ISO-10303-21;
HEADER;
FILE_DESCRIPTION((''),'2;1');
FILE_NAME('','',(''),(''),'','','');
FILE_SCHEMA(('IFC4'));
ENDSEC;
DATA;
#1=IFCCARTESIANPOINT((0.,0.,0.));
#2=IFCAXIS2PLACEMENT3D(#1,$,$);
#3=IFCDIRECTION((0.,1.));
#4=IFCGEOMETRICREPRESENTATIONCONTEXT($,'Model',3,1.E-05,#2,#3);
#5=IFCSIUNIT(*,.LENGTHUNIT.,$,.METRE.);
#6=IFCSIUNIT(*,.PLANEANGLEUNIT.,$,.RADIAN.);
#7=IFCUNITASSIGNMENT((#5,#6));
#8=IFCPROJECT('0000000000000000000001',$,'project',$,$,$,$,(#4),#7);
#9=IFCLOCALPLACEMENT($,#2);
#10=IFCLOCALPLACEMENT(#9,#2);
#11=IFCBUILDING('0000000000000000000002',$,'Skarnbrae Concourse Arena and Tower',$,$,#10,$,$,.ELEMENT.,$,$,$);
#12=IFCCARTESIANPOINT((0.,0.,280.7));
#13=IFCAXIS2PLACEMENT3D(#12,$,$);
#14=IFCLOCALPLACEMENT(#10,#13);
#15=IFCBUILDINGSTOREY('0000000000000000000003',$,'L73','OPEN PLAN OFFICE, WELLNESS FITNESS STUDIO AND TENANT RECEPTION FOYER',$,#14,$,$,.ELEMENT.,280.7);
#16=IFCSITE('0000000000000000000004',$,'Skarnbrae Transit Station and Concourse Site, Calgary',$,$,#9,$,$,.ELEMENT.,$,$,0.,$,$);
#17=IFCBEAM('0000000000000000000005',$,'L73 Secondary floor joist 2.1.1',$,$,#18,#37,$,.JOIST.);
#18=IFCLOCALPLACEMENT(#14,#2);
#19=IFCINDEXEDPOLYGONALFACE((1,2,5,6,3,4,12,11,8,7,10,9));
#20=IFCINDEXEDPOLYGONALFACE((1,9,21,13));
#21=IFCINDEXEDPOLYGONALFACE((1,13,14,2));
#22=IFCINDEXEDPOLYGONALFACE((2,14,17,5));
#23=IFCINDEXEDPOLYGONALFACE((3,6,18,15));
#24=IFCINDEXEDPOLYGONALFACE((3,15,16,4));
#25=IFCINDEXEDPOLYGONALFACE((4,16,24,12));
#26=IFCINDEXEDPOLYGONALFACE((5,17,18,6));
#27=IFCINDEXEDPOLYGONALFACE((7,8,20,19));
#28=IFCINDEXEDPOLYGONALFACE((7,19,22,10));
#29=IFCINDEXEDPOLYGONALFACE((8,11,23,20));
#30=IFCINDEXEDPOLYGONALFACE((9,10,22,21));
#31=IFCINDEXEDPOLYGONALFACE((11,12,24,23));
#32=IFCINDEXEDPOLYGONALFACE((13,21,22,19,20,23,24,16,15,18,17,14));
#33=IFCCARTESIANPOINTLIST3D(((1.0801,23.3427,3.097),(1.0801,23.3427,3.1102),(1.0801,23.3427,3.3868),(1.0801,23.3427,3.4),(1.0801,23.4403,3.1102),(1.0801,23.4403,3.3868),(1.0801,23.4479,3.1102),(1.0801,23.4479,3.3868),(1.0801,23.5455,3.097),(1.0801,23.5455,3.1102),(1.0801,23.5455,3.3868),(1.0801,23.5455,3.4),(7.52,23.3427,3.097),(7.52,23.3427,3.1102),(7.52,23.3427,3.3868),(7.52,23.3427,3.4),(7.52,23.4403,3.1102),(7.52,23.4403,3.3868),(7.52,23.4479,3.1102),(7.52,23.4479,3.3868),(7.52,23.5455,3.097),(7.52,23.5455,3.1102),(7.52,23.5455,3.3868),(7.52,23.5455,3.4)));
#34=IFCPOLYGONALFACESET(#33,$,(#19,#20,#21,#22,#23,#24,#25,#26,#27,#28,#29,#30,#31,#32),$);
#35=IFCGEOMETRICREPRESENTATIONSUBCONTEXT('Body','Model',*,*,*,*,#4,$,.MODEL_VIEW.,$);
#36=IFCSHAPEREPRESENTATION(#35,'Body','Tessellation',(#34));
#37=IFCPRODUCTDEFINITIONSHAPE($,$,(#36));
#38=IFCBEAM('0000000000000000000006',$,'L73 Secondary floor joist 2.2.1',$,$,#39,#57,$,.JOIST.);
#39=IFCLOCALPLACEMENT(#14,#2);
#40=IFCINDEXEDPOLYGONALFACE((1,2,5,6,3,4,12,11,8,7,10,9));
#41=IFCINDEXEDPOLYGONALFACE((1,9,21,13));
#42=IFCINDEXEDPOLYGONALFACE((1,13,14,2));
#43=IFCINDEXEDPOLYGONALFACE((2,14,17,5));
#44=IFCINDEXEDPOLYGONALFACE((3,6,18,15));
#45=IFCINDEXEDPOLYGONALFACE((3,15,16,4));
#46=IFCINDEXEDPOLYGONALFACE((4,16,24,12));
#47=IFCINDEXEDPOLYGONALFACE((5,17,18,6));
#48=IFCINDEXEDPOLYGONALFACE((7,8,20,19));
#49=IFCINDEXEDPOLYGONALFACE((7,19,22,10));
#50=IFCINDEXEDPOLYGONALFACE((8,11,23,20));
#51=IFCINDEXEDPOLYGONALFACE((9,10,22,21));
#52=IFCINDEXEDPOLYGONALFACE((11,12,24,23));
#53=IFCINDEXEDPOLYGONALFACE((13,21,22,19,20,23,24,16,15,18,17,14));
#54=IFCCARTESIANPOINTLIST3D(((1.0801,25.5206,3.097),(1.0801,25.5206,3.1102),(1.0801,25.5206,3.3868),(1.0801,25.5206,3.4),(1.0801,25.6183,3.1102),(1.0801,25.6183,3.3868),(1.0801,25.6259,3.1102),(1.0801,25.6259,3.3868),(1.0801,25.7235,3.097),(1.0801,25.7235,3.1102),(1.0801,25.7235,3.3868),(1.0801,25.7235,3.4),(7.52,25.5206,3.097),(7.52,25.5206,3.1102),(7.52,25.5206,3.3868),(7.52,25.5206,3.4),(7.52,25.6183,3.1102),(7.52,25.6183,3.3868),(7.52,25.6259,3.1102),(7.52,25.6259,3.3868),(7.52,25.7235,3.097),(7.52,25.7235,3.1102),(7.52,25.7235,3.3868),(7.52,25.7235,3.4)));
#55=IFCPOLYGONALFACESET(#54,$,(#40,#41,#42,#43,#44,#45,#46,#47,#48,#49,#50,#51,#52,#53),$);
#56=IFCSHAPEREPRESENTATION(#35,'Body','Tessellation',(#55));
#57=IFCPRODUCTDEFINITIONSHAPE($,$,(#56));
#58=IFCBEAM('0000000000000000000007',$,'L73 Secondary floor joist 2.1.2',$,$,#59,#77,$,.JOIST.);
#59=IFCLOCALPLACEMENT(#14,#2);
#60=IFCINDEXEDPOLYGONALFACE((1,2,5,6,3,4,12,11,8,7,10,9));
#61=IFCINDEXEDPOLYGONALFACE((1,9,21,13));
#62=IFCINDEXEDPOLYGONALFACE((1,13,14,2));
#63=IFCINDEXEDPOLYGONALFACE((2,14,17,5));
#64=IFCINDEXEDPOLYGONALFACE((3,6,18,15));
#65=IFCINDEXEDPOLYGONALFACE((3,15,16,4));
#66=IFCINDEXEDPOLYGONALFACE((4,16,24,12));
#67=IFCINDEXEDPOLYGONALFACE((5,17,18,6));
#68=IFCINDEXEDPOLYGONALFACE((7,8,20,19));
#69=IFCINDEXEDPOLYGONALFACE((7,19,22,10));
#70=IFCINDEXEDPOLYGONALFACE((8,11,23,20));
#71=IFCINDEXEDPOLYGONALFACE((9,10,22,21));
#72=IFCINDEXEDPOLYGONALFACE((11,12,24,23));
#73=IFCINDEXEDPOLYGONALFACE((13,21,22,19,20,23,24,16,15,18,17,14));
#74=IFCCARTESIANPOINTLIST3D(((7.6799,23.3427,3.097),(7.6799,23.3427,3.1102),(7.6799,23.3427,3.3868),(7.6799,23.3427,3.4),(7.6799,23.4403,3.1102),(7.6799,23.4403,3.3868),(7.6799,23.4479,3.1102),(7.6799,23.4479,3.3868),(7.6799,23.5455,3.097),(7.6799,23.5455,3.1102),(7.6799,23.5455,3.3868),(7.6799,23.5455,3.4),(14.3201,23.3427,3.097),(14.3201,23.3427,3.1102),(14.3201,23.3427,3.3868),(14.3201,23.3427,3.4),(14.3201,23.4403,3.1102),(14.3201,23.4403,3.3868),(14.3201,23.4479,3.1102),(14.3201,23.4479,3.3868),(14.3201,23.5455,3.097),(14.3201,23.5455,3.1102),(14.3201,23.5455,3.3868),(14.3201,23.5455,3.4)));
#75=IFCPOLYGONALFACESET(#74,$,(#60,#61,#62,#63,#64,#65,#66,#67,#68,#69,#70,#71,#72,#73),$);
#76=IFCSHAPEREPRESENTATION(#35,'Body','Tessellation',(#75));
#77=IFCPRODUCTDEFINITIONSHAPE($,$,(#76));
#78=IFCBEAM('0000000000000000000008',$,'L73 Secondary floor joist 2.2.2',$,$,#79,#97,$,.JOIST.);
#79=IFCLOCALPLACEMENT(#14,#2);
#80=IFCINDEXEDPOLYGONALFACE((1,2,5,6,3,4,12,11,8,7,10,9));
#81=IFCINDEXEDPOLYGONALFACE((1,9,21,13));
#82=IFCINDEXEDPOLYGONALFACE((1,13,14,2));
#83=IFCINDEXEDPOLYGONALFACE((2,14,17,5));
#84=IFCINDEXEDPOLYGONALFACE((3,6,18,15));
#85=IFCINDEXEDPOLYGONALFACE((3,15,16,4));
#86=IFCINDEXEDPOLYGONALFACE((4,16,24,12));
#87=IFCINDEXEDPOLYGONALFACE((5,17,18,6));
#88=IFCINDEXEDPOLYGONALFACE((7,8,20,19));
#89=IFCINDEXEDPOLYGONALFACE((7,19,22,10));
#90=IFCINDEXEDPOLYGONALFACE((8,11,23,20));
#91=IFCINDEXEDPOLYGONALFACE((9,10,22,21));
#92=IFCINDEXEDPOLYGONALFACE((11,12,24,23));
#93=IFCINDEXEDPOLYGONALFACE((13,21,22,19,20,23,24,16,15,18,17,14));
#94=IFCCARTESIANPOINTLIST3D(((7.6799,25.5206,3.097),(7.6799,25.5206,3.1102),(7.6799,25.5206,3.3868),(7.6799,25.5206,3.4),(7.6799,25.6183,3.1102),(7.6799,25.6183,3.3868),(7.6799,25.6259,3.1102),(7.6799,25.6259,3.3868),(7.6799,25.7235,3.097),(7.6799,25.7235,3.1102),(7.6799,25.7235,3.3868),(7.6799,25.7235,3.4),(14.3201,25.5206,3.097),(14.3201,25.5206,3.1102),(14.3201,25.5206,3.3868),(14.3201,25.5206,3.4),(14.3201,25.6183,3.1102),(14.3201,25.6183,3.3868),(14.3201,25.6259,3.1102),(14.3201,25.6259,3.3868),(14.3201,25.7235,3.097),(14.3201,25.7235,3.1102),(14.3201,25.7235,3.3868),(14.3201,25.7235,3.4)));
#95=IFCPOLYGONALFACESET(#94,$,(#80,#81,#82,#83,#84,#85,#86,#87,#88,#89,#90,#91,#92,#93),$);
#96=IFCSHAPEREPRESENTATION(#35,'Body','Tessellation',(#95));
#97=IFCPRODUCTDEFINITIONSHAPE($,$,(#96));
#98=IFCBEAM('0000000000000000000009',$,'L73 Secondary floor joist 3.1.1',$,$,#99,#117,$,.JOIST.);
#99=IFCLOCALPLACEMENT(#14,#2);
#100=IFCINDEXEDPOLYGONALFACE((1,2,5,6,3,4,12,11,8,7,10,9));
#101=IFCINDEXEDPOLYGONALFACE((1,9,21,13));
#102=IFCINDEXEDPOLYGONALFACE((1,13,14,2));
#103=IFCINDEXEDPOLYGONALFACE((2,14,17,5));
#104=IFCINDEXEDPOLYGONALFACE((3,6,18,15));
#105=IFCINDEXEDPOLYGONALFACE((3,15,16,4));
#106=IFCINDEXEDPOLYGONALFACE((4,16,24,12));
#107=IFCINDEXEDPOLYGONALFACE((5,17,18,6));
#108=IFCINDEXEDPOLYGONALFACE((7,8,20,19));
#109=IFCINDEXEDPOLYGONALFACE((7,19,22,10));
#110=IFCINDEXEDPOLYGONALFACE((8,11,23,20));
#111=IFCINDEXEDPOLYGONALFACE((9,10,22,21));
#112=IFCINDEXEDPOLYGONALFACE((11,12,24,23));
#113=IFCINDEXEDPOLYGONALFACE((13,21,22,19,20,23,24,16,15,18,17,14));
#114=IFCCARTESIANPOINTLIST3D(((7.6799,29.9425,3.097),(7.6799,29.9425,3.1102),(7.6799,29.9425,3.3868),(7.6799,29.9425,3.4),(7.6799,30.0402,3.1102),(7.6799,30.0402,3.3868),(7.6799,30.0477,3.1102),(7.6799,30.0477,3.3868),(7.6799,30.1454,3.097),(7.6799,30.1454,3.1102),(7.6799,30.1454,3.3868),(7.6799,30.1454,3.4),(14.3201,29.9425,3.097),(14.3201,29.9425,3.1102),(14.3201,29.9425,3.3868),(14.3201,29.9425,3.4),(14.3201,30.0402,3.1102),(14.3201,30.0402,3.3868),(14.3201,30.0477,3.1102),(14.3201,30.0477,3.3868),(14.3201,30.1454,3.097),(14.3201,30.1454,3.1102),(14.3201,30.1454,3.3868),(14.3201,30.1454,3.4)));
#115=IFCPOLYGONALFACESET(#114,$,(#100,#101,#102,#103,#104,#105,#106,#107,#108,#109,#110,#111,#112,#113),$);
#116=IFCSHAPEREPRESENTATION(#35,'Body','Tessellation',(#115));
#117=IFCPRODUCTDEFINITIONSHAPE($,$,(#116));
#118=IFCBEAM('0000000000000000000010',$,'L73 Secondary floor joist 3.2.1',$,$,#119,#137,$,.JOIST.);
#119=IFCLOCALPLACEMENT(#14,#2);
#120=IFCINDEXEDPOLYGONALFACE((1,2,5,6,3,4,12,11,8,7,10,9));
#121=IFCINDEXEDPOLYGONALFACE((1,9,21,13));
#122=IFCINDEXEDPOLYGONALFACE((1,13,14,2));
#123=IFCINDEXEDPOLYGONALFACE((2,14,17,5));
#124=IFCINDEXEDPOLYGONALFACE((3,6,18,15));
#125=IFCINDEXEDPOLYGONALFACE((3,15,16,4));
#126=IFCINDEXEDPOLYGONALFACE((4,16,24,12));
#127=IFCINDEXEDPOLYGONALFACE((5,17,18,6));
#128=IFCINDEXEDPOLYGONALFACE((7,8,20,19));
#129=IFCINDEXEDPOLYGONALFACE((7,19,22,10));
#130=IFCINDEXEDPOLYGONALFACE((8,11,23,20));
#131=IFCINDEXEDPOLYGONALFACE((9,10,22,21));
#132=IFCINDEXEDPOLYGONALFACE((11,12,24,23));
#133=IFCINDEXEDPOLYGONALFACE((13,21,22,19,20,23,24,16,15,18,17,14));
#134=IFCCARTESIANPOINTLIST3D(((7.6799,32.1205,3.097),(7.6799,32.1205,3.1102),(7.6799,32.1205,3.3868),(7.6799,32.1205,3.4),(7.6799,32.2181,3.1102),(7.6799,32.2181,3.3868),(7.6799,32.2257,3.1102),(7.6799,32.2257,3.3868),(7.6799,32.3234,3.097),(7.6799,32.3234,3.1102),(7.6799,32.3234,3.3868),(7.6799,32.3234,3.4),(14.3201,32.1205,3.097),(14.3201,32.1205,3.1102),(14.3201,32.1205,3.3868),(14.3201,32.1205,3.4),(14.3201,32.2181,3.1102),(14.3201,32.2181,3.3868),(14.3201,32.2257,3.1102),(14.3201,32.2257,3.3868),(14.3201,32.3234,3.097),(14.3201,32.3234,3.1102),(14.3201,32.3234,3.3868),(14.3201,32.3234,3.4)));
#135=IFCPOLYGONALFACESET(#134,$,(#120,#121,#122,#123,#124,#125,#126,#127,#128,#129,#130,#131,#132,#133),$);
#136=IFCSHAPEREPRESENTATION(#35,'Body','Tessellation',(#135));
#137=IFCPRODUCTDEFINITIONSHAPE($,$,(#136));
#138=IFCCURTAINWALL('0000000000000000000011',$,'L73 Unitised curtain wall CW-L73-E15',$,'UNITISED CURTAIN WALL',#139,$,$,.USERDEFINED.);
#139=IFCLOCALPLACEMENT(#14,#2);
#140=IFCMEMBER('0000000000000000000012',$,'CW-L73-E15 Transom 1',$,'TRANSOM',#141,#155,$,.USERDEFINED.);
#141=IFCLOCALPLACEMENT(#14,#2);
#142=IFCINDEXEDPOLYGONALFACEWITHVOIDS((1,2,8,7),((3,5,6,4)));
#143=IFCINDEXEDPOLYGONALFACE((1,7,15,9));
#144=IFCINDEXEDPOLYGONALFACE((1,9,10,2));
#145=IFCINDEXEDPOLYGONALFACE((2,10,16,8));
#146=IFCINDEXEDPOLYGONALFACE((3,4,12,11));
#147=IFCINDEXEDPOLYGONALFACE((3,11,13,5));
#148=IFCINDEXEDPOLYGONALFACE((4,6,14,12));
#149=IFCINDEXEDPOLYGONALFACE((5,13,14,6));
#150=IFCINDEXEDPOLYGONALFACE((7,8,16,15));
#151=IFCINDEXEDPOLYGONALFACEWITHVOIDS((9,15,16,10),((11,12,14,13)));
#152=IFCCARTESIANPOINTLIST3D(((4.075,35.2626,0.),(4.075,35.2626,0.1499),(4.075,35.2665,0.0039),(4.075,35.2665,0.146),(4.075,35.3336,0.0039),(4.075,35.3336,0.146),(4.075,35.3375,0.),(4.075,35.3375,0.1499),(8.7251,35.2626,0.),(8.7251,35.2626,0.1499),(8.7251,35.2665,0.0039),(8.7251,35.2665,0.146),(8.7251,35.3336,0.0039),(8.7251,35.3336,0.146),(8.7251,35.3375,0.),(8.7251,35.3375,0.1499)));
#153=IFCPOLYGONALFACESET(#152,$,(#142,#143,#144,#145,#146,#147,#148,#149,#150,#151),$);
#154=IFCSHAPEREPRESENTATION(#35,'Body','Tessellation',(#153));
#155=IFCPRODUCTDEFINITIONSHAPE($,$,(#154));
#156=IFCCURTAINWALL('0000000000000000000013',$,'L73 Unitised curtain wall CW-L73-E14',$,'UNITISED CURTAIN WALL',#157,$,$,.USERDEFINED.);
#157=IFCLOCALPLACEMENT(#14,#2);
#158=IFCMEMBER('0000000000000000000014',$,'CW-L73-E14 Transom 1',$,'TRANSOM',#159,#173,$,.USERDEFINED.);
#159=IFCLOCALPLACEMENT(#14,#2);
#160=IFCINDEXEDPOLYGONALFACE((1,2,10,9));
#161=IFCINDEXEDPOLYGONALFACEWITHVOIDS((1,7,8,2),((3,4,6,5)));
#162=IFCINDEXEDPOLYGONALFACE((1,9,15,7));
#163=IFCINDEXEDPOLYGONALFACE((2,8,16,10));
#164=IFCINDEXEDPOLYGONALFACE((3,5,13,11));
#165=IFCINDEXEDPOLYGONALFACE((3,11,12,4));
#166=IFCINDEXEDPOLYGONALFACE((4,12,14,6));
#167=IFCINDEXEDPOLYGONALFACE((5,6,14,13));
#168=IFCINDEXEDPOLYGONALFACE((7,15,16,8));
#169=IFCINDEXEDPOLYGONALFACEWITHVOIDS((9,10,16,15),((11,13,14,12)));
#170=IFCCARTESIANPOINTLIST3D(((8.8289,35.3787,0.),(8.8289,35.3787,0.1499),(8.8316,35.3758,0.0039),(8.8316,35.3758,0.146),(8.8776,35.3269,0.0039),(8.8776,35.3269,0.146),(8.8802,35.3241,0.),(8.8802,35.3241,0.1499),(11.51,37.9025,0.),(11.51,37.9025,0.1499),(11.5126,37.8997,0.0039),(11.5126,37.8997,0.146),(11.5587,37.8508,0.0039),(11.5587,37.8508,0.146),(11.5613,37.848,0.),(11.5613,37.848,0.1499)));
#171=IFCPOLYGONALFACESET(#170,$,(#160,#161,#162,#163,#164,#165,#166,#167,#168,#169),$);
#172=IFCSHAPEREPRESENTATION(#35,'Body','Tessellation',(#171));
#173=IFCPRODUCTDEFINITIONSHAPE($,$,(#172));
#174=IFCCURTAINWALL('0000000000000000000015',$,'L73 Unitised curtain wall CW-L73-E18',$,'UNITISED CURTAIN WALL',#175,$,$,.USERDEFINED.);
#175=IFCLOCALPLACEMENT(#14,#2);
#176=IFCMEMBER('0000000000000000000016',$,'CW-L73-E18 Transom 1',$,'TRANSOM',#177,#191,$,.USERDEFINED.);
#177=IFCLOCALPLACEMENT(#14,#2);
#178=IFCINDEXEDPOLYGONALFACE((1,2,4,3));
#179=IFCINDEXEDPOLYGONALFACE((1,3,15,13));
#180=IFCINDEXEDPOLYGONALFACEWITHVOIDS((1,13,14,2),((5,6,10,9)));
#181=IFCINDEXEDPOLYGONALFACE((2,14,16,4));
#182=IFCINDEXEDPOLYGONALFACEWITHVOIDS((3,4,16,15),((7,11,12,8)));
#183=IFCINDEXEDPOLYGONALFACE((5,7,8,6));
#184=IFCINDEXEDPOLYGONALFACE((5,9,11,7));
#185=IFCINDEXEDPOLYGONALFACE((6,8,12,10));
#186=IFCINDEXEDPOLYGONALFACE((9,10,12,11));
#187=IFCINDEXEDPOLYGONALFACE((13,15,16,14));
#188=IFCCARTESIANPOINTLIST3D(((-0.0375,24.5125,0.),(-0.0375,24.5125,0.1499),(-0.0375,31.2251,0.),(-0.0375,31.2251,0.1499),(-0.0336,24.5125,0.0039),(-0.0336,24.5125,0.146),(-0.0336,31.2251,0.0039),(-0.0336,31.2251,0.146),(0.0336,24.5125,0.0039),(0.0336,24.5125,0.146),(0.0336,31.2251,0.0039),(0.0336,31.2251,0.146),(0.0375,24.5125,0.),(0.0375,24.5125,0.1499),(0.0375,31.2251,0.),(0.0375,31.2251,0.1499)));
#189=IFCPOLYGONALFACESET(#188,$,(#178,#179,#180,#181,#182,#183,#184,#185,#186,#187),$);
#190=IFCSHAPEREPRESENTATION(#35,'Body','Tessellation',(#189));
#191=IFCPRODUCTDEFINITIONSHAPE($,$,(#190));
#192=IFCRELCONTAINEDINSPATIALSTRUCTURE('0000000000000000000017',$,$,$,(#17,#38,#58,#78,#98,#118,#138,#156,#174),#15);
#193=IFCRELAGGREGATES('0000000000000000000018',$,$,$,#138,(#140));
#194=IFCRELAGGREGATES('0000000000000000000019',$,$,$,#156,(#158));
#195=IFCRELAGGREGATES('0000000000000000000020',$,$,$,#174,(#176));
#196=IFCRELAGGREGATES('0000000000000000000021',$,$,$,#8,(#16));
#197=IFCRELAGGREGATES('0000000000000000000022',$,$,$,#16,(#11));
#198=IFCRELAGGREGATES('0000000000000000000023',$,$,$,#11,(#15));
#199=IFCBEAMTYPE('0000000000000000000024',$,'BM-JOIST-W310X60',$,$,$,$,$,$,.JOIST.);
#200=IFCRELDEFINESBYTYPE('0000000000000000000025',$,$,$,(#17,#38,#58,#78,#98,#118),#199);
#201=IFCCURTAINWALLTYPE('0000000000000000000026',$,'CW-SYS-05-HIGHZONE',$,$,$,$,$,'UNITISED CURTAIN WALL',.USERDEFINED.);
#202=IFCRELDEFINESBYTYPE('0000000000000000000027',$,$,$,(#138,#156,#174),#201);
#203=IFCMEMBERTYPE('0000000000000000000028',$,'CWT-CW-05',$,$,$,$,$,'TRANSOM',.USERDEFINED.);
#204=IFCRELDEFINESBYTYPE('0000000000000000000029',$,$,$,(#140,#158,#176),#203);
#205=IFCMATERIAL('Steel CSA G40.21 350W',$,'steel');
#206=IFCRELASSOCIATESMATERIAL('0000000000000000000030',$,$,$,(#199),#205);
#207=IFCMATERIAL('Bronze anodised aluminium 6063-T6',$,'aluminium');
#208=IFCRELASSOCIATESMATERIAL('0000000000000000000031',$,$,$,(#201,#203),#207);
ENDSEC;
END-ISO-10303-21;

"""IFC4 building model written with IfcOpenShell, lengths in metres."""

from ifc_helpers import new_model, si_unit, direction, frame, origin, origin_2d, place, context, subcontext, project, spatial, hollow_rectangle, i_section, extrude, source, transform, mapped, material, material_profile, profile_set, type_object, element, aggregate, save


model = new_model("IFC4")

# Units and contexts
model_context = context("Model", 3, precision=1e-05, world=origin(), true_north=direction((0.0, 1.0)))
body_context = subcontext(model_context, "Body", "Model", "MODEL_VIEW")
ifc_project = project(units=[si_unit("LENGTHUNIT", "METRE"), si_unit("PLANEANGLEUNIT", "RADIAN")], contexts=[model_context])

# Site, building, storey
site_placement = place(None, origin())
site = spatial("IfcSite", under=ifc_project, at=site_placement, Name="Skarnbrae Transit Station and Concourse Site, Calgary", CompositionType="ELEMENT", RefElevation=0.0)
building_placement = place(site_placement, origin())
building = spatial("IfcBuilding", under=site, at=building_placement, Name="Skarnbrae Concourse Arena and Tower", CompositionType="ELEMENT")
storey_placement = place(building_placement, frame((0.0, 0.0, 280.7)))
storey = spatial("IfcBuildingStorey", under=building, at=storey_placement, Name="L73", Description="OPEN PLAN OFFICE, WELLNESS FITNESS STUDIO AND TENANT RECEPTION FOYER", CompositionType="ELEMENT", Elevation=280.7)

# Shared definitions
ifc_material_1 = material(Name="Steel CSA G40.21 350W", Category="steel")

# Beams
ifc_material_profile_1 = material_profile(ifc_material_1, i_section(OverallWidth=0.2029, OverallDepth=0.303, WebThickness=0.0076, FlangeThickness=0.0132, at=origin_2d()), Name="W310X60")
ifc_profile_set_1 = profile_set([ifc_material_profile_1], Name="Steel CSA G40.21 350W")
beam_type_1 = type_object("IfcBeamType", Name="BM-JOIST-W310X60", PredefinedType="JOIST", material=ifc_profile_set_1)
shared_shape_1 = source(origin(), body_context, "Body", "SweptSolid", [
    extrude(i_section(OverallWidth=0.2029, OverallDepth=0.303, WebThickness=0.0076, FlangeThickness=0.0132, at=origin_2d()), origin(), (0.0, 0.0, 1.0), 6.4399),
])
for number, where, z_axis, x_axis, name in (
    (1, (1.0801, 23.4441, 3.2485), (1.0, 0.0, 0.0), (0.0, 1.0, 0.0), "L73 Secondary floor joist 2.1.1"),
    (2, (1.0801, 25.6221, 3.2485), (1.0, 0.0, 0.0), (0.0, 1.0, 0.0), "L73 Secondary floor joist 2.2.1"),
):
    element("IfcBeam", number, at=place(storey_placement, frame(where, z_axis=z_axis, x_axis=x_axis)), inside=storey, type_object=beam_type_1, Name=name, PredefinedType="JOIST", context=body_context, shape_type="MappedRepresentation", body=[
        mapped(shared_shape_1, transform((0.0, 0.0, 0.0))),
    ])
shared_shape_2 = source(origin(), body_context, "Body", "SweptSolid", [
    extrude(i_section(OverallWidth=0.2029, OverallDepth=0.303, WebThickness=0.0076, FlangeThickness=0.0132, at=origin_2d()), origin(), (0.0, 0.0, 1.0), 6.6401),
])
for number, where, z_axis, x_axis, name in (
    (3, (7.6799, 23.4441, 3.2485), (1.0, 0.0, 0.0), (0.0, 1.0, 0.0), "L73 Secondary floor joist 2.1.2"),
    (4, (7.6799, 25.6221, 3.2485), (1.0, 0.0, 0.0), (0.0, 1.0, 0.0), "L73 Secondary floor joist 2.2.2"),
    (5, (7.6799, 30.0439, 3.2485), (1.0, 0.0, 0.0), (0.0, 1.0, 0.0), "L73 Secondary floor joist 3.1.1"),
    (6, (7.6799, 32.2219, 3.2485), (1.0, 0.0, 0.0), (0.0, 1.0, 0.0), "L73 Secondary floor joist 3.2.1"),
):
    element("IfcBeam", number, at=place(storey_placement, frame(where, z_axis=z_axis, x_axis=x_axis)), inside=storey, type_object=beam_type_1, Name=name, PredefinedType="JOIST", context=body_context, shape_type="MappedRepresentation", body=[
        mapped(shared_shape_2, transform((0.0, 0.0, 0.0))),
    ])

# Curtain walls, members
ifc_material_2 = material(Name="Bronze anodised aluminium 6063-T6", Category="aluminium")
curtain_wall_type = type_object("IfcCurtainWallType", Name="CW-SYS-05-HIGHZONE", ElementType="UNITISED CURTAIN WALL", PredefinedType="USERDEFINED", material=ifc_material_2)
curtain_wall_1_placement = place(storey_placement, origin())
curtain_wall_1 = element("IfcCurtainWall", 7, at=curtain_wall_1_placement, inside=storey, type_object=curtain_wall_type, Name="L73 Unitised curtain wall CW-L73-E15", ObjectType="UNITISED CURTAIN WALL", PredefinedType="USERDEFINED")
ifc_material_profile_2 = material_profile(ifc_material_2, hollow_rectangle(XDim=0.075, YDim=0.1499, WallThickness=0.0039, at=origin_2d()), Name="ALU-TRAN-75X150")
ifc_profile_set_2 = profile_set([ifc_material_profile_2], Name="Bronze anodised aluminium 6063-T6")
member_type_1 = type_object("IfcMemberType", Name="CWT-CW-05", ElementType="TRANSOM", PredefinedType="USERDEFINED", material=ifc_profile_set_2)
shared_shape_3 = source(origin(), body_context, "Body", "SweptSolid", [
    extrude(hollow_rectangle(XDim=0.075, YDim=0.1499, WallThickness=0.0039, at=origin_2d()), origin(), (0.0, 0.0, 1.0), 4.6501),
])
member_1_placement = place(storey_placement, frame((8.7251, 35.3, 0.075), z_axis=(-1.0, 0.0, 0.0), x_axis=(0.0, -1.0, 0.0)))
member_1 = element("IfcMember", 8, at=member_1_placement, type_object=member_type_1, Name="CW-L73-E15 Transom 1", ObjectType="TRANSOM", PredefinedType="USERDEFINED", context=body_context, shape_type="MappedRepresentation", body=[
    mapped(shared_shape_3, transform((0.0, 0.0, 0.0))),
])
curtain_wall_2_placement = place(storey_placement, origin())
curtain_wall_2 = element("IfcCurtainWall", 9, at=curtain_wall_2_placement, inside=storey, type_object=curtain_wall_type, Name="L73 Unitised curtain wall CW-L73-E14", ObjectType="UNITISED CURTAIN WALL", PredefinedType="USERDEFINED")
shared_shape_4 = source(origin(), body_context, "Body", "SweptSolid", [
    extrude(hollow_rectangle(XDim=0.075, YDim=0.1499, WallThickness=0.0039, at=origin_2d()), origin(), (0.0, 0.0, 1.0), 3.6821),
])
member_2_placement = place(storey_placement, frame((11.5356, 37.8752, 0.075), z_axis=(-0.728134, -0.685435, 0.0), x_axis=(0.685435, -0.728134, 0.0)))
member_2 = element("IfcMember", 10, at=member_2_placement, type_object=member_type_1, Name="CW-L73-E14 Transom 1", ObjectType="TRANSOM", PredefinedType="USERDEFINED", context=body_context, shape_type="MappedRepresentation", body=[
    mapped(shared_shape_4, transform((0.0, 0.0, 0.0))),
])

# Curtain wall, member
curtain_wall_3_placement = place(storey_placement, origin())
curtain_wall_3 = element("IfcCurtainWall", 11, at=curtain_wall_3_placement, inside=storey, type_object=curtain_wall_type, Name="L73 Unitised curtain wall CW-L73-E18", ObjectType="UNITISED CURTAIN WALL", PredefinedType="USERDEFINED")
shared_shape_5 = source(origin(), body_context, "Body", "SweptSolid", [
    extrude(hollow_rectangle(XDim=0.075, YDim=0.1499, WallThickness=0.0039, at=origin_2d()), origin(), (0.0, 0.0, 1.0), 6.7126),
])
member_3_placement = place(storey_placement, frame((0.0, 31.2251, 0.075), z_axis=(0.0, -1.0, 0.0), x_axis=(1.0, 0.0, 0.0)))
member_3 = element("IfcMember", 12, at=member_3_placement, type_object=member_type_1, Name="CW-L73-E18 Transom 1", ObjectType="TRANSOM", PredefinedType="USERDEFINED", context=body_context, shape_type="MappedRepresentation", body=[
    mapped(shared_shape_5, transform((0.0, 0.0, 0.0))),
])

aggregate(curtain_wall_1, [member_1])
aggregate(curtain_wall_2, [member_2])
aggregate(curtain_wall_3, [member_3])

save(model, "model.ifc")
